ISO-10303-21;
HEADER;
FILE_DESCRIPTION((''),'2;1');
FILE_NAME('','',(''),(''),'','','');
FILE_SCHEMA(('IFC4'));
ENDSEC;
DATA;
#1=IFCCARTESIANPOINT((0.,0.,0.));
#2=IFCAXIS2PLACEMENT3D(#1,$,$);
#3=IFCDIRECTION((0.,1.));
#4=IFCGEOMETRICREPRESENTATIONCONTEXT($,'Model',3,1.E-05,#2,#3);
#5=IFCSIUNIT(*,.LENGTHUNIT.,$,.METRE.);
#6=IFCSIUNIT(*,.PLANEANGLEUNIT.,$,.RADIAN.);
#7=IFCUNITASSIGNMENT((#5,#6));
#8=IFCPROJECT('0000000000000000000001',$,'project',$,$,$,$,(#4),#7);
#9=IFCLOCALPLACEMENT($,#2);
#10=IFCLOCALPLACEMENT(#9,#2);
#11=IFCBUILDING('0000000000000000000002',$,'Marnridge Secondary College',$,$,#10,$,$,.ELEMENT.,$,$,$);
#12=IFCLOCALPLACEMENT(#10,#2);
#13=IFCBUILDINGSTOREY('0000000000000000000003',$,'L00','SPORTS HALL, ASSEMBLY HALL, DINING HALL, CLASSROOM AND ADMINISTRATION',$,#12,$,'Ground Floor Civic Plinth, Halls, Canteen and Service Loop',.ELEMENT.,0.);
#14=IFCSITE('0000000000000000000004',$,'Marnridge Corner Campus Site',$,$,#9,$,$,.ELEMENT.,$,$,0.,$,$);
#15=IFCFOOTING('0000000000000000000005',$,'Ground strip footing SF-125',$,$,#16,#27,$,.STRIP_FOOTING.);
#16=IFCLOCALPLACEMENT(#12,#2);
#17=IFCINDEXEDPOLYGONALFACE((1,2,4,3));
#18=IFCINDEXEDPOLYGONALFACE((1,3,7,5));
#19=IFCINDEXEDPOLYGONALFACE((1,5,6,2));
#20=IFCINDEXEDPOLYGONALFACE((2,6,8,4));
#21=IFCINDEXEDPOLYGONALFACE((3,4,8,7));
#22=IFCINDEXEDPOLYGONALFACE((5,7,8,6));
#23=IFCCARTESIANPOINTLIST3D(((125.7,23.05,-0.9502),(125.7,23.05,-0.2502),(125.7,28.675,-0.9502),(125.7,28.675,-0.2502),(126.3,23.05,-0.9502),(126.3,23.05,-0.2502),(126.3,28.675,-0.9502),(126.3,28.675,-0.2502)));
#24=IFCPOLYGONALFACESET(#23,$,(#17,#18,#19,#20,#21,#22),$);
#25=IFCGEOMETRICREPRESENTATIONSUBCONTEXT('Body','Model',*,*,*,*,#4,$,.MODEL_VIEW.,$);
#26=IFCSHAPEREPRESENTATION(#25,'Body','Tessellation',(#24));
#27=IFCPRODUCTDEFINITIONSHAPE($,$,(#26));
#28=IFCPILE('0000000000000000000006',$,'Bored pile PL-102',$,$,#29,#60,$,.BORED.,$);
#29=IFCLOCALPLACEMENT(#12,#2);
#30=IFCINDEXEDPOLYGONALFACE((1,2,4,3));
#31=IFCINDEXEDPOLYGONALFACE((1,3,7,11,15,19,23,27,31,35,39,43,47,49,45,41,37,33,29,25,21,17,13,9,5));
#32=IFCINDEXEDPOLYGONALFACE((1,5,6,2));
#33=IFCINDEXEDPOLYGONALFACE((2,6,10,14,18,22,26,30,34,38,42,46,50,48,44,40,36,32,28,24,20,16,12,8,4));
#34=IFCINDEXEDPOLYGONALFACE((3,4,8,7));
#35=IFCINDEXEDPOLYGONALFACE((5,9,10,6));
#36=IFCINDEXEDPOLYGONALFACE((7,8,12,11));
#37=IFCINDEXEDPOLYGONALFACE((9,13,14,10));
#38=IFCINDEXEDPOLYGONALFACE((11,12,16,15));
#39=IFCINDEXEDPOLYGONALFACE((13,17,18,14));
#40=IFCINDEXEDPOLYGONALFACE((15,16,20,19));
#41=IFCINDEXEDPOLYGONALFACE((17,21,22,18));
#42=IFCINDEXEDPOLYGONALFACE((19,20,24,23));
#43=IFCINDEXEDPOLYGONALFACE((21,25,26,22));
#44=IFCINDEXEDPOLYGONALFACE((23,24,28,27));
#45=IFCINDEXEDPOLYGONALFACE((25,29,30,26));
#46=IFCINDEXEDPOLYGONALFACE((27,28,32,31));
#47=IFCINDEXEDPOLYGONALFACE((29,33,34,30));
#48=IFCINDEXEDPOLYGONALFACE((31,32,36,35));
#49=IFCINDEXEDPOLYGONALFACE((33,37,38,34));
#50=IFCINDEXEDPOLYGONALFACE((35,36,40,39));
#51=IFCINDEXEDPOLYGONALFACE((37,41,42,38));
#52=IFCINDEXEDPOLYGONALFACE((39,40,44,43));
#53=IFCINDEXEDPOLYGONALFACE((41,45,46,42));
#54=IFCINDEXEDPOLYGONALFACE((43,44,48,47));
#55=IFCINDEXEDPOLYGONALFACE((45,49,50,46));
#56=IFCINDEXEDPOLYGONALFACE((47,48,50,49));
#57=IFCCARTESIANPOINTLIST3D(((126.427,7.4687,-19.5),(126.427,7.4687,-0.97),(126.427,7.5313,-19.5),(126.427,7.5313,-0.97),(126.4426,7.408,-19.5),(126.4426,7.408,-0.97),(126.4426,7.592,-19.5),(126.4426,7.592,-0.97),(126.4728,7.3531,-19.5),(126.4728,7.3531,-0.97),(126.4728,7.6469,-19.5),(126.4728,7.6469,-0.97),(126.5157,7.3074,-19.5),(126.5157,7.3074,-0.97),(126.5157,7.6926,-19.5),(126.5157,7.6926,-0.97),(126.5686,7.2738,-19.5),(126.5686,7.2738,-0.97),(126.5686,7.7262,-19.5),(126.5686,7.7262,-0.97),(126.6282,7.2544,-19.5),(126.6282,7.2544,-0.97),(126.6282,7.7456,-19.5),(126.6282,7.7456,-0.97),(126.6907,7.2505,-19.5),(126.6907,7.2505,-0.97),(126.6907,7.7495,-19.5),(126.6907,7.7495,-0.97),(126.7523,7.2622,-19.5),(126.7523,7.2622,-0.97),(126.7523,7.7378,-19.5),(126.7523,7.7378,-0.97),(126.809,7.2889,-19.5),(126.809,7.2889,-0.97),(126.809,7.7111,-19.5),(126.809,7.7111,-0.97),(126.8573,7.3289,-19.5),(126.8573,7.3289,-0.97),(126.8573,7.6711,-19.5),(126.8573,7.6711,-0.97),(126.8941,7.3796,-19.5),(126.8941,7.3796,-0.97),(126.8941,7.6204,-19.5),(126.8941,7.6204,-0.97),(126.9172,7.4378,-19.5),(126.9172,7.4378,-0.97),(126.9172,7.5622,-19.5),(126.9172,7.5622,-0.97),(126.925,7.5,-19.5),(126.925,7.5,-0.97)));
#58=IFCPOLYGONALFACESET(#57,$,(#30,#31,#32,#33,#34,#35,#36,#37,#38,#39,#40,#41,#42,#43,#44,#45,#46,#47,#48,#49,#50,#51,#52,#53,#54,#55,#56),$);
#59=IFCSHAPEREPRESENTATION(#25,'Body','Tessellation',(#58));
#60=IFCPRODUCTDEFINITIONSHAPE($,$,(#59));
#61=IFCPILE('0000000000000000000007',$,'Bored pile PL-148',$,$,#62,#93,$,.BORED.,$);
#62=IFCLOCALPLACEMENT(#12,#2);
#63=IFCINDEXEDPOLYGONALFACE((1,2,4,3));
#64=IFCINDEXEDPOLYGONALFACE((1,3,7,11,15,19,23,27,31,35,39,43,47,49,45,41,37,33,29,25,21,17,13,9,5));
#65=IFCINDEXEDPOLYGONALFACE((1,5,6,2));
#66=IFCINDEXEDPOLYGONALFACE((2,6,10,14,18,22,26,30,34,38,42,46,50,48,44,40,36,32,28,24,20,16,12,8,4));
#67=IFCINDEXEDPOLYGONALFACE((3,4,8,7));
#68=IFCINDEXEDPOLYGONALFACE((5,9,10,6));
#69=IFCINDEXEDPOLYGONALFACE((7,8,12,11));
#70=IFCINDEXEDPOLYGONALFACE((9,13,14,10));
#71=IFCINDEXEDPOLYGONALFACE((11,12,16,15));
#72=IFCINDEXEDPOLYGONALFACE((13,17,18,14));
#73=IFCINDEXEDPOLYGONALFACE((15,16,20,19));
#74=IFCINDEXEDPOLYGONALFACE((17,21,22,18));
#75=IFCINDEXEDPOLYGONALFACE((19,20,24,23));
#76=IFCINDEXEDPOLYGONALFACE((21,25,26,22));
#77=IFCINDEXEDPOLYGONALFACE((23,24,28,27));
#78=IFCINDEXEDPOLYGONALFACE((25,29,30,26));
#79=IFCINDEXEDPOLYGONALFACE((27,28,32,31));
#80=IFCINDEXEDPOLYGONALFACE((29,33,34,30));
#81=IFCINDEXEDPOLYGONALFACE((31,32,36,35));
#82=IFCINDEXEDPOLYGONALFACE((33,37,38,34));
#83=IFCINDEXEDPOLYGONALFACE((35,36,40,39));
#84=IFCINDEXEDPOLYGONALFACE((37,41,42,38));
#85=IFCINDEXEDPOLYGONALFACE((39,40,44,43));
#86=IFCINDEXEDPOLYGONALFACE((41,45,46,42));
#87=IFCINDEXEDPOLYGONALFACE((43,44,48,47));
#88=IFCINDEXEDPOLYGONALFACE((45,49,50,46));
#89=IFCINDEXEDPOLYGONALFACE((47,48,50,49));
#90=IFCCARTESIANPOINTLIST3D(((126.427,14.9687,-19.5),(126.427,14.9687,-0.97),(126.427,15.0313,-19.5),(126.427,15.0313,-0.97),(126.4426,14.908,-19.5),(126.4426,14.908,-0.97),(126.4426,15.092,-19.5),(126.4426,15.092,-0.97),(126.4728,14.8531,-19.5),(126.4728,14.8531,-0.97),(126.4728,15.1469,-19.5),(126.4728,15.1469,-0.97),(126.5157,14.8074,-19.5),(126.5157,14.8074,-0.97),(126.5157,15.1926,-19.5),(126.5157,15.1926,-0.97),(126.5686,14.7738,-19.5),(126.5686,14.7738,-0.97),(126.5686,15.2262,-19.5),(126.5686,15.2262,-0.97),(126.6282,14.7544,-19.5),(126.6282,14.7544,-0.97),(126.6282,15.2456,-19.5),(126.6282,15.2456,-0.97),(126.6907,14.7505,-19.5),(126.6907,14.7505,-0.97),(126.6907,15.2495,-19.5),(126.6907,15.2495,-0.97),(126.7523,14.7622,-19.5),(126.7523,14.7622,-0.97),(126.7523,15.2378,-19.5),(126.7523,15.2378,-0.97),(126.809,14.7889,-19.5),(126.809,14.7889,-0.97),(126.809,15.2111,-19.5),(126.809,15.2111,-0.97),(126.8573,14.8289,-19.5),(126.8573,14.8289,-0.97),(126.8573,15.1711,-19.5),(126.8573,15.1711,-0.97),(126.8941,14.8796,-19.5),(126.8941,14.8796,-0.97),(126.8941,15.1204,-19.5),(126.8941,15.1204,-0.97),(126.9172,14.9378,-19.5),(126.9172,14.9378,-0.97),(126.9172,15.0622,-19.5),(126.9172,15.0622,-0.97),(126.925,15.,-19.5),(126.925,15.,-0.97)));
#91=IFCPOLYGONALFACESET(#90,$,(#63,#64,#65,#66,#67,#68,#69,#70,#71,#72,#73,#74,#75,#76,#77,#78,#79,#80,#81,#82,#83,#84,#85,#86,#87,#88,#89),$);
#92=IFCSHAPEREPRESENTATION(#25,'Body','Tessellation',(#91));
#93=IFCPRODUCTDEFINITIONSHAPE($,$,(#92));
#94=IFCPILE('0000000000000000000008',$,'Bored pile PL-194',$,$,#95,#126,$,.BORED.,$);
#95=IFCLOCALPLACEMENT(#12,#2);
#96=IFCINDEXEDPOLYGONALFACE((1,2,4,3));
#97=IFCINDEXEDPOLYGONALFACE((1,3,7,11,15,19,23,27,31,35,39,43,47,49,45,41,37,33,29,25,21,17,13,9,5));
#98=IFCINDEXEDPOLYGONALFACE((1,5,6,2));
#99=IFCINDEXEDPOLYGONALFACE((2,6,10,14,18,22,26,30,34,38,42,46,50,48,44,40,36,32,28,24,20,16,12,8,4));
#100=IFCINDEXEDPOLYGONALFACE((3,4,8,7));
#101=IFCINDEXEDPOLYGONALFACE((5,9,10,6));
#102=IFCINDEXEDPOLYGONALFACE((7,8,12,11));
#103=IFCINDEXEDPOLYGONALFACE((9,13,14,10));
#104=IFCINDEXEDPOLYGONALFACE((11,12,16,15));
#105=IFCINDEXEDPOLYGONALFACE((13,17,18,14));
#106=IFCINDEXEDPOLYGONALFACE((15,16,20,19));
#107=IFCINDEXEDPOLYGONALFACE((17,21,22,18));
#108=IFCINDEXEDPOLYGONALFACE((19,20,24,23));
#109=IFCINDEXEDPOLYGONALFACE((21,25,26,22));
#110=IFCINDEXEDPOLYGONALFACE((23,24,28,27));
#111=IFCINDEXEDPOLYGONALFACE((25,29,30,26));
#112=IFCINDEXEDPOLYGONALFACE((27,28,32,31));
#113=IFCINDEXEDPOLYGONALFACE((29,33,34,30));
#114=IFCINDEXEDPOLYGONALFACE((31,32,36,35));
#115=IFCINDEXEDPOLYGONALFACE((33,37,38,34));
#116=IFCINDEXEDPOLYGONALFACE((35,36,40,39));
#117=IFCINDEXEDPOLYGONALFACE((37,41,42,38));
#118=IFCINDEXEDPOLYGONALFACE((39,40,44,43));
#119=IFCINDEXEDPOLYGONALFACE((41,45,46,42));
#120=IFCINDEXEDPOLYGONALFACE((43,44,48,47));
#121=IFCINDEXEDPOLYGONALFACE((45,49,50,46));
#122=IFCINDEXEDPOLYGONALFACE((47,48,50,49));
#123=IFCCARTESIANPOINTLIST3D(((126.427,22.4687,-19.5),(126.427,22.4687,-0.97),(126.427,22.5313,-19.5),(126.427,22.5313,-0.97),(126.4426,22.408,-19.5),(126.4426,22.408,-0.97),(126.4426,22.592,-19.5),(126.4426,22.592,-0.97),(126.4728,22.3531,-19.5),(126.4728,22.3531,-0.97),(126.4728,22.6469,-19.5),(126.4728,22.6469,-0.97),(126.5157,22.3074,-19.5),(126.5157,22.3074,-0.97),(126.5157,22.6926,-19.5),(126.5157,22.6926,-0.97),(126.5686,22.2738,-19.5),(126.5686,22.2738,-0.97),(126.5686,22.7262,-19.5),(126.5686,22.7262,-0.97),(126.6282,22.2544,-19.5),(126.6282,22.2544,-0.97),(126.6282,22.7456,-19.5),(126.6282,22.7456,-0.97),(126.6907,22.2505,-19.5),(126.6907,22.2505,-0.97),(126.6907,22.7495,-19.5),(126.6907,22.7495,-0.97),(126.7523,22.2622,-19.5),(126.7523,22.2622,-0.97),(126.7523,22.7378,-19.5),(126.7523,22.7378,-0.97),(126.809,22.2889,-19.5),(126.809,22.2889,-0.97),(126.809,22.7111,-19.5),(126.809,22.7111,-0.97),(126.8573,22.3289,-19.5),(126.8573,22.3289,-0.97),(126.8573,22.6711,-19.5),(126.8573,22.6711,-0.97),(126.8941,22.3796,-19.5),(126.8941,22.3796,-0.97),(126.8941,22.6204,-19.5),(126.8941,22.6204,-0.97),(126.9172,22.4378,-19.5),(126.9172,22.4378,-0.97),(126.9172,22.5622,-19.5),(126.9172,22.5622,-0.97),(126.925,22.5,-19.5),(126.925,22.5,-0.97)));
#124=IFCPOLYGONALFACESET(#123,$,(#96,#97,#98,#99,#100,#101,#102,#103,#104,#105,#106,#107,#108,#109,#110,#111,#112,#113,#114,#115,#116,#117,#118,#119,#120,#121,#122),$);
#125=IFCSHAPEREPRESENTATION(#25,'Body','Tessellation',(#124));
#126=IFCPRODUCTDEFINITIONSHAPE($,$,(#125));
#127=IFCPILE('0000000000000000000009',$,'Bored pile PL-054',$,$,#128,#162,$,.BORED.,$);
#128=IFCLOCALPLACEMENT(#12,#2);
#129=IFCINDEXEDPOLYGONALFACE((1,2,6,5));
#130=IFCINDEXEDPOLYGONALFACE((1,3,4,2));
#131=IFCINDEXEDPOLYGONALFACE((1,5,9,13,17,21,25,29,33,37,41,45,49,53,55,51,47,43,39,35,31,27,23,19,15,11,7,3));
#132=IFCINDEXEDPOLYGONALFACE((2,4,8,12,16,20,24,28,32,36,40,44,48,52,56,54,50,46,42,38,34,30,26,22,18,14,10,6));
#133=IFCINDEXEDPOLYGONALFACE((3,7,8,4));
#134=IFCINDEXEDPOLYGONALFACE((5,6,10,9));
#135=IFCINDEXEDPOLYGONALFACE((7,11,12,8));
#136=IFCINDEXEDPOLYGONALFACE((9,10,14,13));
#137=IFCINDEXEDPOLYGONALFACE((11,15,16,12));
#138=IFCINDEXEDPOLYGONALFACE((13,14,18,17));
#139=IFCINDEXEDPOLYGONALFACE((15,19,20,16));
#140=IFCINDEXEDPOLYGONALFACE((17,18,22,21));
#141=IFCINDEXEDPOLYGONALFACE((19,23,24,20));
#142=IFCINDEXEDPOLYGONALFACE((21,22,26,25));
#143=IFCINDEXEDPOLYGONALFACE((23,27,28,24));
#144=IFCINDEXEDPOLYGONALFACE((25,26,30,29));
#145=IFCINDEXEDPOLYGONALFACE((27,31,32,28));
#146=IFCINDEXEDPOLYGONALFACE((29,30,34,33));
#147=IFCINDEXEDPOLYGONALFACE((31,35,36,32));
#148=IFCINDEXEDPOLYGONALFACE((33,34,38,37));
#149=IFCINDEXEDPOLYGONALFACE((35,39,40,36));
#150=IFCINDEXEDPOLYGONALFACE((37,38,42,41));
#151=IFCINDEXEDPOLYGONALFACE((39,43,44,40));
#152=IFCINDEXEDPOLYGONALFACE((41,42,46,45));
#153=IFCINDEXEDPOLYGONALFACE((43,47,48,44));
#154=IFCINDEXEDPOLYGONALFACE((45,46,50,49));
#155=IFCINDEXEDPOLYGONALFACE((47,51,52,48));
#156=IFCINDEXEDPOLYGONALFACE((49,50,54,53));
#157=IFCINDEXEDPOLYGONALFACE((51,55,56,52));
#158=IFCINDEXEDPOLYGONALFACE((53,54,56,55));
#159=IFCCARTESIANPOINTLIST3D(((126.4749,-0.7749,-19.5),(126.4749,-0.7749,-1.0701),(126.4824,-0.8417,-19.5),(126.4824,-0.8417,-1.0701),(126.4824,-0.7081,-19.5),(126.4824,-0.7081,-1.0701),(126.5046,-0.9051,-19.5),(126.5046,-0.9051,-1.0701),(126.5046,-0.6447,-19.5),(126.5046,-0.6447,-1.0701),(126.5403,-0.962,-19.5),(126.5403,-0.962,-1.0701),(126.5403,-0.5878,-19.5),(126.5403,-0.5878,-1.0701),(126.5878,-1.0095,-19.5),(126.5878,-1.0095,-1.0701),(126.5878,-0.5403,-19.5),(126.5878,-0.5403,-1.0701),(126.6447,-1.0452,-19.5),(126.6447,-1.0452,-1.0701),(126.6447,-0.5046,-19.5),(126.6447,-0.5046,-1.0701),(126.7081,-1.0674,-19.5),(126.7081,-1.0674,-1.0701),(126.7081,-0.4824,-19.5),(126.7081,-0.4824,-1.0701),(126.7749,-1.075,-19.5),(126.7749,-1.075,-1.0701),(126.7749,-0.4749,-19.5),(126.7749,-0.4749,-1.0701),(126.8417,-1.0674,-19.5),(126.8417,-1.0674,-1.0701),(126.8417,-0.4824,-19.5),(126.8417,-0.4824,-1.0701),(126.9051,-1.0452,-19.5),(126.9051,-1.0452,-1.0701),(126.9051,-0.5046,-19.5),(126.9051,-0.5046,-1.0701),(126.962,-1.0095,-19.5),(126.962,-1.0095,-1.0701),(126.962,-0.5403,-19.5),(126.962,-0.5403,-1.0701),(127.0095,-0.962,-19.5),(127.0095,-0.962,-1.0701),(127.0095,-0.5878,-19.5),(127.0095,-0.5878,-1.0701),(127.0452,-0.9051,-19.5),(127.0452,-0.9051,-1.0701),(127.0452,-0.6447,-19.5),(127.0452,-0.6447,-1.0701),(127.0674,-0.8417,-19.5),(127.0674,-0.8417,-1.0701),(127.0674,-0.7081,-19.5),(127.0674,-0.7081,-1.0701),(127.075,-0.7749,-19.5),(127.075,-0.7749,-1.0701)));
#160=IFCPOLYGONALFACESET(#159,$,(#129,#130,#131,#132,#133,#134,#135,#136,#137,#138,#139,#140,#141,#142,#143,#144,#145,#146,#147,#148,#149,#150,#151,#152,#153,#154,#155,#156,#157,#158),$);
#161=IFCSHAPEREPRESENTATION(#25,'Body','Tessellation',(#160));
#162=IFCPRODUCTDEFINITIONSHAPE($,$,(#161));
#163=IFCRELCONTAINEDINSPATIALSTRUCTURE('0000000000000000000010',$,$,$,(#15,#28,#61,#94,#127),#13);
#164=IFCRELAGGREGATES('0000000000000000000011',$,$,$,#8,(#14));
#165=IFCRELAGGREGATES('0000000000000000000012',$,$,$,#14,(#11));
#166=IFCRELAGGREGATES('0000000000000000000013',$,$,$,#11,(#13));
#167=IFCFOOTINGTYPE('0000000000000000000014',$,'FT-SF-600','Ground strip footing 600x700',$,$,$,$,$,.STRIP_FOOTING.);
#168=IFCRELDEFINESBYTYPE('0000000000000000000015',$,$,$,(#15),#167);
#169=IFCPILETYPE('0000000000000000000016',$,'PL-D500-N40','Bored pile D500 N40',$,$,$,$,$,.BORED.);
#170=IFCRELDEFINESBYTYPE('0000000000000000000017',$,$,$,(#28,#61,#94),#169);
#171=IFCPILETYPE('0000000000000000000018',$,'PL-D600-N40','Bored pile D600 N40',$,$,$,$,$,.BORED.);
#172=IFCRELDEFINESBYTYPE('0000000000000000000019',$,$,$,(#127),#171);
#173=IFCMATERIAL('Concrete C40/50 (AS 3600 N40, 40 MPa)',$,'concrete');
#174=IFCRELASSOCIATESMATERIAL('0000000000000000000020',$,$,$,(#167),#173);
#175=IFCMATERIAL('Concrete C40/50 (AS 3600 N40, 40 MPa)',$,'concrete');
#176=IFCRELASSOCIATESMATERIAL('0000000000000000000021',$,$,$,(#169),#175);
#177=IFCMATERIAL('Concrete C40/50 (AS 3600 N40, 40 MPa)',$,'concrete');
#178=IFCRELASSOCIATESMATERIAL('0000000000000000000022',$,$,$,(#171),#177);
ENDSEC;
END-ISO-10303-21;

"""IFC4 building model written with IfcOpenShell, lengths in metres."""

from ifc_helpers import new_model, si_unit, direction, frame, origin, origin_2d, place, context, subcontext, project, spatial, rectangle, circle, extrude, material, material_profile, profile_set, type_object, element, save


model = new_model("IFC4")

# Units and contexts
model_context = context("Model", 3, precision=1e-05, world=origin(), true_north=direction((0.0, 1.0)))
body_context = subcontext(model_context, "Body", "Model", "MODEL_VIEW")
ifc_project = project(units=[si_unit("LENGTHUNIT", "METRE"), si_unit("PLANEANGLEUNIT", "RADIAN")], contexts=[model_context])

# Site, building, storey
site_placement = place(None, origin())
site = spatial("IfcSite", under=ifc_project, at=site_placement, Name="Marnridge Corner Campus Site", CompositionType="ELEMENT", RefElevation=0.0)
building_placement = place(site_placement, origin())
building = spatial("IfcBuilding", under=site, at=building_placement, Name="Marnridge Secondary College", CompositionType="ELEMENT")
storey_placement = place(building_placement, origin())
storey = spatial("IfcBuildingStorey", under=building, at=storey_placement, Name="L00", Description="SPORTS HALL, ASSEMBLY HALL, DINING HALL, CLASSROOM AND ADMINISTRATION", LongName="Ground Floor Civic Plinth, Halls, Canteen and Service Loop", CompositionType="ELEMENT", Elevation=0.0)

# Footing
ifc_material_1 = material(Name="Concrete C40/50 (AS 3600 N40, 40 MPa)", Category="concrete")
footing_type = type_object("IfcFootingType", Name="FT-SF-600", Description="Ground strip footing 600x700", PredefinedType="STRIP_FOOTING", material=ifc_material_1)
footing_placement = place(storey_placement, frame((126.0, 25.8625, -0.9502), z_axis=(0.0, 0.0, 1.0), x_axis=(1.0, 0.0, 0.0)))
element("IfcFooting", 1, at=footing_placement, inside=storey, type_object=footing_type, Name="Ground strip footing SF-125", PredefinedType="STRIP_FOOTING", context=body_context, shape_type="SweptSolid", body=[
    extrude(rectangle(XDim=0.6001, YDim=5.625, at=origin_2d()), origin(), (0.0, 0.0, 1.0), 0.7),
])

# Piles
ifc_material_2 = material(Name="Concrete C40/50 (AS 3600 N40, 40 MPa)", Category="concrete")
ifc_material_profile_1 = material_profile(ifc_material_2, circle(Radius=0.25, at=origin_2d()), Name="PILE D500")
ifc_profile_set_1 = profile_set([ifc_material_profile_1], Name="Concrete C40/50 (AS 3600 N40, 40 MPa)")
pile_type_1 = type_object("IfcPileType", Name="PL-D500-N40", Description="Bored pile D500 N40", PredefinedType="BORED", material=ifc_profile_set_1)
for number, where, z_axis, x_axis, name in (
    (2, (126.675, 7.5, -0.97), (0.0, 0.0, -1.0), (1.0, 0.0, 0.0), "Bored pile PL-102"),
    (3, (126.675, 15.0, -0.97), (0.0, 0.0, -1.0), (1.0, 0.0, 0.0), "Bored pile PL-148"),
    (4, (126.675, 22.5, -0.97), (0.0, 0.0, -1.0), (1.0, 0.0, 0.0), "Bored pile PL-194"),
):
    element("IfcPile", number, at=place(storey_placement, frame(where, z_axis=z_axis, x_axis=x_axis)), inside=storey, type_object=pile_type_1, Name=name, PredefinedType="BORED", context=body_context, shape_type="SweptSolid", body=[
        extrude(circle(Radius=0.25, at=origin_2d()), origin(), (0.0, 0.0, 1.0), 18.53),
    ])
ifc_material_3 = material(Name="Concrete C40/50 (AS 3600 N40, 40 MPa)", Category="concrete")
ifc_material_profile_2 = material_profile(ifc_material_3, circle(Radius=0.3, at=origin_2d()), Name="PILE D600")
ifc_profile_set_2 = profile_set([ifc_material_profile_2], Name="Concrete C40/50 (AS 3600 N40, 40 MPa)")
pile_type_2 = type_object("IfcPileType", Name="PL-D600-N40", Description="Bored pile D600 N40", PredefinedType="BORED", material=ifc_profile_set_2)
pile_placement = place(storey_placement, frame((126.7749, -0.7749, -1.0701), z_axis=(0.0, 0.0, -1.0), x_axis=(1.0, 0.0, 0.0)))
element("IfcPile", 5, at=pile_placement, inside=storey, type_object=pile_type_2, Name="Bored pile PL-054", PredefinedType="BORED", context=body_context, shape_type="SweptSolid", body=[
    extrude(circle(Radius=0.3, at=origin_2d()), origin(), (0.0, 0.0, 1.0), 18.4299),
])

save(model, "model.ifc")
